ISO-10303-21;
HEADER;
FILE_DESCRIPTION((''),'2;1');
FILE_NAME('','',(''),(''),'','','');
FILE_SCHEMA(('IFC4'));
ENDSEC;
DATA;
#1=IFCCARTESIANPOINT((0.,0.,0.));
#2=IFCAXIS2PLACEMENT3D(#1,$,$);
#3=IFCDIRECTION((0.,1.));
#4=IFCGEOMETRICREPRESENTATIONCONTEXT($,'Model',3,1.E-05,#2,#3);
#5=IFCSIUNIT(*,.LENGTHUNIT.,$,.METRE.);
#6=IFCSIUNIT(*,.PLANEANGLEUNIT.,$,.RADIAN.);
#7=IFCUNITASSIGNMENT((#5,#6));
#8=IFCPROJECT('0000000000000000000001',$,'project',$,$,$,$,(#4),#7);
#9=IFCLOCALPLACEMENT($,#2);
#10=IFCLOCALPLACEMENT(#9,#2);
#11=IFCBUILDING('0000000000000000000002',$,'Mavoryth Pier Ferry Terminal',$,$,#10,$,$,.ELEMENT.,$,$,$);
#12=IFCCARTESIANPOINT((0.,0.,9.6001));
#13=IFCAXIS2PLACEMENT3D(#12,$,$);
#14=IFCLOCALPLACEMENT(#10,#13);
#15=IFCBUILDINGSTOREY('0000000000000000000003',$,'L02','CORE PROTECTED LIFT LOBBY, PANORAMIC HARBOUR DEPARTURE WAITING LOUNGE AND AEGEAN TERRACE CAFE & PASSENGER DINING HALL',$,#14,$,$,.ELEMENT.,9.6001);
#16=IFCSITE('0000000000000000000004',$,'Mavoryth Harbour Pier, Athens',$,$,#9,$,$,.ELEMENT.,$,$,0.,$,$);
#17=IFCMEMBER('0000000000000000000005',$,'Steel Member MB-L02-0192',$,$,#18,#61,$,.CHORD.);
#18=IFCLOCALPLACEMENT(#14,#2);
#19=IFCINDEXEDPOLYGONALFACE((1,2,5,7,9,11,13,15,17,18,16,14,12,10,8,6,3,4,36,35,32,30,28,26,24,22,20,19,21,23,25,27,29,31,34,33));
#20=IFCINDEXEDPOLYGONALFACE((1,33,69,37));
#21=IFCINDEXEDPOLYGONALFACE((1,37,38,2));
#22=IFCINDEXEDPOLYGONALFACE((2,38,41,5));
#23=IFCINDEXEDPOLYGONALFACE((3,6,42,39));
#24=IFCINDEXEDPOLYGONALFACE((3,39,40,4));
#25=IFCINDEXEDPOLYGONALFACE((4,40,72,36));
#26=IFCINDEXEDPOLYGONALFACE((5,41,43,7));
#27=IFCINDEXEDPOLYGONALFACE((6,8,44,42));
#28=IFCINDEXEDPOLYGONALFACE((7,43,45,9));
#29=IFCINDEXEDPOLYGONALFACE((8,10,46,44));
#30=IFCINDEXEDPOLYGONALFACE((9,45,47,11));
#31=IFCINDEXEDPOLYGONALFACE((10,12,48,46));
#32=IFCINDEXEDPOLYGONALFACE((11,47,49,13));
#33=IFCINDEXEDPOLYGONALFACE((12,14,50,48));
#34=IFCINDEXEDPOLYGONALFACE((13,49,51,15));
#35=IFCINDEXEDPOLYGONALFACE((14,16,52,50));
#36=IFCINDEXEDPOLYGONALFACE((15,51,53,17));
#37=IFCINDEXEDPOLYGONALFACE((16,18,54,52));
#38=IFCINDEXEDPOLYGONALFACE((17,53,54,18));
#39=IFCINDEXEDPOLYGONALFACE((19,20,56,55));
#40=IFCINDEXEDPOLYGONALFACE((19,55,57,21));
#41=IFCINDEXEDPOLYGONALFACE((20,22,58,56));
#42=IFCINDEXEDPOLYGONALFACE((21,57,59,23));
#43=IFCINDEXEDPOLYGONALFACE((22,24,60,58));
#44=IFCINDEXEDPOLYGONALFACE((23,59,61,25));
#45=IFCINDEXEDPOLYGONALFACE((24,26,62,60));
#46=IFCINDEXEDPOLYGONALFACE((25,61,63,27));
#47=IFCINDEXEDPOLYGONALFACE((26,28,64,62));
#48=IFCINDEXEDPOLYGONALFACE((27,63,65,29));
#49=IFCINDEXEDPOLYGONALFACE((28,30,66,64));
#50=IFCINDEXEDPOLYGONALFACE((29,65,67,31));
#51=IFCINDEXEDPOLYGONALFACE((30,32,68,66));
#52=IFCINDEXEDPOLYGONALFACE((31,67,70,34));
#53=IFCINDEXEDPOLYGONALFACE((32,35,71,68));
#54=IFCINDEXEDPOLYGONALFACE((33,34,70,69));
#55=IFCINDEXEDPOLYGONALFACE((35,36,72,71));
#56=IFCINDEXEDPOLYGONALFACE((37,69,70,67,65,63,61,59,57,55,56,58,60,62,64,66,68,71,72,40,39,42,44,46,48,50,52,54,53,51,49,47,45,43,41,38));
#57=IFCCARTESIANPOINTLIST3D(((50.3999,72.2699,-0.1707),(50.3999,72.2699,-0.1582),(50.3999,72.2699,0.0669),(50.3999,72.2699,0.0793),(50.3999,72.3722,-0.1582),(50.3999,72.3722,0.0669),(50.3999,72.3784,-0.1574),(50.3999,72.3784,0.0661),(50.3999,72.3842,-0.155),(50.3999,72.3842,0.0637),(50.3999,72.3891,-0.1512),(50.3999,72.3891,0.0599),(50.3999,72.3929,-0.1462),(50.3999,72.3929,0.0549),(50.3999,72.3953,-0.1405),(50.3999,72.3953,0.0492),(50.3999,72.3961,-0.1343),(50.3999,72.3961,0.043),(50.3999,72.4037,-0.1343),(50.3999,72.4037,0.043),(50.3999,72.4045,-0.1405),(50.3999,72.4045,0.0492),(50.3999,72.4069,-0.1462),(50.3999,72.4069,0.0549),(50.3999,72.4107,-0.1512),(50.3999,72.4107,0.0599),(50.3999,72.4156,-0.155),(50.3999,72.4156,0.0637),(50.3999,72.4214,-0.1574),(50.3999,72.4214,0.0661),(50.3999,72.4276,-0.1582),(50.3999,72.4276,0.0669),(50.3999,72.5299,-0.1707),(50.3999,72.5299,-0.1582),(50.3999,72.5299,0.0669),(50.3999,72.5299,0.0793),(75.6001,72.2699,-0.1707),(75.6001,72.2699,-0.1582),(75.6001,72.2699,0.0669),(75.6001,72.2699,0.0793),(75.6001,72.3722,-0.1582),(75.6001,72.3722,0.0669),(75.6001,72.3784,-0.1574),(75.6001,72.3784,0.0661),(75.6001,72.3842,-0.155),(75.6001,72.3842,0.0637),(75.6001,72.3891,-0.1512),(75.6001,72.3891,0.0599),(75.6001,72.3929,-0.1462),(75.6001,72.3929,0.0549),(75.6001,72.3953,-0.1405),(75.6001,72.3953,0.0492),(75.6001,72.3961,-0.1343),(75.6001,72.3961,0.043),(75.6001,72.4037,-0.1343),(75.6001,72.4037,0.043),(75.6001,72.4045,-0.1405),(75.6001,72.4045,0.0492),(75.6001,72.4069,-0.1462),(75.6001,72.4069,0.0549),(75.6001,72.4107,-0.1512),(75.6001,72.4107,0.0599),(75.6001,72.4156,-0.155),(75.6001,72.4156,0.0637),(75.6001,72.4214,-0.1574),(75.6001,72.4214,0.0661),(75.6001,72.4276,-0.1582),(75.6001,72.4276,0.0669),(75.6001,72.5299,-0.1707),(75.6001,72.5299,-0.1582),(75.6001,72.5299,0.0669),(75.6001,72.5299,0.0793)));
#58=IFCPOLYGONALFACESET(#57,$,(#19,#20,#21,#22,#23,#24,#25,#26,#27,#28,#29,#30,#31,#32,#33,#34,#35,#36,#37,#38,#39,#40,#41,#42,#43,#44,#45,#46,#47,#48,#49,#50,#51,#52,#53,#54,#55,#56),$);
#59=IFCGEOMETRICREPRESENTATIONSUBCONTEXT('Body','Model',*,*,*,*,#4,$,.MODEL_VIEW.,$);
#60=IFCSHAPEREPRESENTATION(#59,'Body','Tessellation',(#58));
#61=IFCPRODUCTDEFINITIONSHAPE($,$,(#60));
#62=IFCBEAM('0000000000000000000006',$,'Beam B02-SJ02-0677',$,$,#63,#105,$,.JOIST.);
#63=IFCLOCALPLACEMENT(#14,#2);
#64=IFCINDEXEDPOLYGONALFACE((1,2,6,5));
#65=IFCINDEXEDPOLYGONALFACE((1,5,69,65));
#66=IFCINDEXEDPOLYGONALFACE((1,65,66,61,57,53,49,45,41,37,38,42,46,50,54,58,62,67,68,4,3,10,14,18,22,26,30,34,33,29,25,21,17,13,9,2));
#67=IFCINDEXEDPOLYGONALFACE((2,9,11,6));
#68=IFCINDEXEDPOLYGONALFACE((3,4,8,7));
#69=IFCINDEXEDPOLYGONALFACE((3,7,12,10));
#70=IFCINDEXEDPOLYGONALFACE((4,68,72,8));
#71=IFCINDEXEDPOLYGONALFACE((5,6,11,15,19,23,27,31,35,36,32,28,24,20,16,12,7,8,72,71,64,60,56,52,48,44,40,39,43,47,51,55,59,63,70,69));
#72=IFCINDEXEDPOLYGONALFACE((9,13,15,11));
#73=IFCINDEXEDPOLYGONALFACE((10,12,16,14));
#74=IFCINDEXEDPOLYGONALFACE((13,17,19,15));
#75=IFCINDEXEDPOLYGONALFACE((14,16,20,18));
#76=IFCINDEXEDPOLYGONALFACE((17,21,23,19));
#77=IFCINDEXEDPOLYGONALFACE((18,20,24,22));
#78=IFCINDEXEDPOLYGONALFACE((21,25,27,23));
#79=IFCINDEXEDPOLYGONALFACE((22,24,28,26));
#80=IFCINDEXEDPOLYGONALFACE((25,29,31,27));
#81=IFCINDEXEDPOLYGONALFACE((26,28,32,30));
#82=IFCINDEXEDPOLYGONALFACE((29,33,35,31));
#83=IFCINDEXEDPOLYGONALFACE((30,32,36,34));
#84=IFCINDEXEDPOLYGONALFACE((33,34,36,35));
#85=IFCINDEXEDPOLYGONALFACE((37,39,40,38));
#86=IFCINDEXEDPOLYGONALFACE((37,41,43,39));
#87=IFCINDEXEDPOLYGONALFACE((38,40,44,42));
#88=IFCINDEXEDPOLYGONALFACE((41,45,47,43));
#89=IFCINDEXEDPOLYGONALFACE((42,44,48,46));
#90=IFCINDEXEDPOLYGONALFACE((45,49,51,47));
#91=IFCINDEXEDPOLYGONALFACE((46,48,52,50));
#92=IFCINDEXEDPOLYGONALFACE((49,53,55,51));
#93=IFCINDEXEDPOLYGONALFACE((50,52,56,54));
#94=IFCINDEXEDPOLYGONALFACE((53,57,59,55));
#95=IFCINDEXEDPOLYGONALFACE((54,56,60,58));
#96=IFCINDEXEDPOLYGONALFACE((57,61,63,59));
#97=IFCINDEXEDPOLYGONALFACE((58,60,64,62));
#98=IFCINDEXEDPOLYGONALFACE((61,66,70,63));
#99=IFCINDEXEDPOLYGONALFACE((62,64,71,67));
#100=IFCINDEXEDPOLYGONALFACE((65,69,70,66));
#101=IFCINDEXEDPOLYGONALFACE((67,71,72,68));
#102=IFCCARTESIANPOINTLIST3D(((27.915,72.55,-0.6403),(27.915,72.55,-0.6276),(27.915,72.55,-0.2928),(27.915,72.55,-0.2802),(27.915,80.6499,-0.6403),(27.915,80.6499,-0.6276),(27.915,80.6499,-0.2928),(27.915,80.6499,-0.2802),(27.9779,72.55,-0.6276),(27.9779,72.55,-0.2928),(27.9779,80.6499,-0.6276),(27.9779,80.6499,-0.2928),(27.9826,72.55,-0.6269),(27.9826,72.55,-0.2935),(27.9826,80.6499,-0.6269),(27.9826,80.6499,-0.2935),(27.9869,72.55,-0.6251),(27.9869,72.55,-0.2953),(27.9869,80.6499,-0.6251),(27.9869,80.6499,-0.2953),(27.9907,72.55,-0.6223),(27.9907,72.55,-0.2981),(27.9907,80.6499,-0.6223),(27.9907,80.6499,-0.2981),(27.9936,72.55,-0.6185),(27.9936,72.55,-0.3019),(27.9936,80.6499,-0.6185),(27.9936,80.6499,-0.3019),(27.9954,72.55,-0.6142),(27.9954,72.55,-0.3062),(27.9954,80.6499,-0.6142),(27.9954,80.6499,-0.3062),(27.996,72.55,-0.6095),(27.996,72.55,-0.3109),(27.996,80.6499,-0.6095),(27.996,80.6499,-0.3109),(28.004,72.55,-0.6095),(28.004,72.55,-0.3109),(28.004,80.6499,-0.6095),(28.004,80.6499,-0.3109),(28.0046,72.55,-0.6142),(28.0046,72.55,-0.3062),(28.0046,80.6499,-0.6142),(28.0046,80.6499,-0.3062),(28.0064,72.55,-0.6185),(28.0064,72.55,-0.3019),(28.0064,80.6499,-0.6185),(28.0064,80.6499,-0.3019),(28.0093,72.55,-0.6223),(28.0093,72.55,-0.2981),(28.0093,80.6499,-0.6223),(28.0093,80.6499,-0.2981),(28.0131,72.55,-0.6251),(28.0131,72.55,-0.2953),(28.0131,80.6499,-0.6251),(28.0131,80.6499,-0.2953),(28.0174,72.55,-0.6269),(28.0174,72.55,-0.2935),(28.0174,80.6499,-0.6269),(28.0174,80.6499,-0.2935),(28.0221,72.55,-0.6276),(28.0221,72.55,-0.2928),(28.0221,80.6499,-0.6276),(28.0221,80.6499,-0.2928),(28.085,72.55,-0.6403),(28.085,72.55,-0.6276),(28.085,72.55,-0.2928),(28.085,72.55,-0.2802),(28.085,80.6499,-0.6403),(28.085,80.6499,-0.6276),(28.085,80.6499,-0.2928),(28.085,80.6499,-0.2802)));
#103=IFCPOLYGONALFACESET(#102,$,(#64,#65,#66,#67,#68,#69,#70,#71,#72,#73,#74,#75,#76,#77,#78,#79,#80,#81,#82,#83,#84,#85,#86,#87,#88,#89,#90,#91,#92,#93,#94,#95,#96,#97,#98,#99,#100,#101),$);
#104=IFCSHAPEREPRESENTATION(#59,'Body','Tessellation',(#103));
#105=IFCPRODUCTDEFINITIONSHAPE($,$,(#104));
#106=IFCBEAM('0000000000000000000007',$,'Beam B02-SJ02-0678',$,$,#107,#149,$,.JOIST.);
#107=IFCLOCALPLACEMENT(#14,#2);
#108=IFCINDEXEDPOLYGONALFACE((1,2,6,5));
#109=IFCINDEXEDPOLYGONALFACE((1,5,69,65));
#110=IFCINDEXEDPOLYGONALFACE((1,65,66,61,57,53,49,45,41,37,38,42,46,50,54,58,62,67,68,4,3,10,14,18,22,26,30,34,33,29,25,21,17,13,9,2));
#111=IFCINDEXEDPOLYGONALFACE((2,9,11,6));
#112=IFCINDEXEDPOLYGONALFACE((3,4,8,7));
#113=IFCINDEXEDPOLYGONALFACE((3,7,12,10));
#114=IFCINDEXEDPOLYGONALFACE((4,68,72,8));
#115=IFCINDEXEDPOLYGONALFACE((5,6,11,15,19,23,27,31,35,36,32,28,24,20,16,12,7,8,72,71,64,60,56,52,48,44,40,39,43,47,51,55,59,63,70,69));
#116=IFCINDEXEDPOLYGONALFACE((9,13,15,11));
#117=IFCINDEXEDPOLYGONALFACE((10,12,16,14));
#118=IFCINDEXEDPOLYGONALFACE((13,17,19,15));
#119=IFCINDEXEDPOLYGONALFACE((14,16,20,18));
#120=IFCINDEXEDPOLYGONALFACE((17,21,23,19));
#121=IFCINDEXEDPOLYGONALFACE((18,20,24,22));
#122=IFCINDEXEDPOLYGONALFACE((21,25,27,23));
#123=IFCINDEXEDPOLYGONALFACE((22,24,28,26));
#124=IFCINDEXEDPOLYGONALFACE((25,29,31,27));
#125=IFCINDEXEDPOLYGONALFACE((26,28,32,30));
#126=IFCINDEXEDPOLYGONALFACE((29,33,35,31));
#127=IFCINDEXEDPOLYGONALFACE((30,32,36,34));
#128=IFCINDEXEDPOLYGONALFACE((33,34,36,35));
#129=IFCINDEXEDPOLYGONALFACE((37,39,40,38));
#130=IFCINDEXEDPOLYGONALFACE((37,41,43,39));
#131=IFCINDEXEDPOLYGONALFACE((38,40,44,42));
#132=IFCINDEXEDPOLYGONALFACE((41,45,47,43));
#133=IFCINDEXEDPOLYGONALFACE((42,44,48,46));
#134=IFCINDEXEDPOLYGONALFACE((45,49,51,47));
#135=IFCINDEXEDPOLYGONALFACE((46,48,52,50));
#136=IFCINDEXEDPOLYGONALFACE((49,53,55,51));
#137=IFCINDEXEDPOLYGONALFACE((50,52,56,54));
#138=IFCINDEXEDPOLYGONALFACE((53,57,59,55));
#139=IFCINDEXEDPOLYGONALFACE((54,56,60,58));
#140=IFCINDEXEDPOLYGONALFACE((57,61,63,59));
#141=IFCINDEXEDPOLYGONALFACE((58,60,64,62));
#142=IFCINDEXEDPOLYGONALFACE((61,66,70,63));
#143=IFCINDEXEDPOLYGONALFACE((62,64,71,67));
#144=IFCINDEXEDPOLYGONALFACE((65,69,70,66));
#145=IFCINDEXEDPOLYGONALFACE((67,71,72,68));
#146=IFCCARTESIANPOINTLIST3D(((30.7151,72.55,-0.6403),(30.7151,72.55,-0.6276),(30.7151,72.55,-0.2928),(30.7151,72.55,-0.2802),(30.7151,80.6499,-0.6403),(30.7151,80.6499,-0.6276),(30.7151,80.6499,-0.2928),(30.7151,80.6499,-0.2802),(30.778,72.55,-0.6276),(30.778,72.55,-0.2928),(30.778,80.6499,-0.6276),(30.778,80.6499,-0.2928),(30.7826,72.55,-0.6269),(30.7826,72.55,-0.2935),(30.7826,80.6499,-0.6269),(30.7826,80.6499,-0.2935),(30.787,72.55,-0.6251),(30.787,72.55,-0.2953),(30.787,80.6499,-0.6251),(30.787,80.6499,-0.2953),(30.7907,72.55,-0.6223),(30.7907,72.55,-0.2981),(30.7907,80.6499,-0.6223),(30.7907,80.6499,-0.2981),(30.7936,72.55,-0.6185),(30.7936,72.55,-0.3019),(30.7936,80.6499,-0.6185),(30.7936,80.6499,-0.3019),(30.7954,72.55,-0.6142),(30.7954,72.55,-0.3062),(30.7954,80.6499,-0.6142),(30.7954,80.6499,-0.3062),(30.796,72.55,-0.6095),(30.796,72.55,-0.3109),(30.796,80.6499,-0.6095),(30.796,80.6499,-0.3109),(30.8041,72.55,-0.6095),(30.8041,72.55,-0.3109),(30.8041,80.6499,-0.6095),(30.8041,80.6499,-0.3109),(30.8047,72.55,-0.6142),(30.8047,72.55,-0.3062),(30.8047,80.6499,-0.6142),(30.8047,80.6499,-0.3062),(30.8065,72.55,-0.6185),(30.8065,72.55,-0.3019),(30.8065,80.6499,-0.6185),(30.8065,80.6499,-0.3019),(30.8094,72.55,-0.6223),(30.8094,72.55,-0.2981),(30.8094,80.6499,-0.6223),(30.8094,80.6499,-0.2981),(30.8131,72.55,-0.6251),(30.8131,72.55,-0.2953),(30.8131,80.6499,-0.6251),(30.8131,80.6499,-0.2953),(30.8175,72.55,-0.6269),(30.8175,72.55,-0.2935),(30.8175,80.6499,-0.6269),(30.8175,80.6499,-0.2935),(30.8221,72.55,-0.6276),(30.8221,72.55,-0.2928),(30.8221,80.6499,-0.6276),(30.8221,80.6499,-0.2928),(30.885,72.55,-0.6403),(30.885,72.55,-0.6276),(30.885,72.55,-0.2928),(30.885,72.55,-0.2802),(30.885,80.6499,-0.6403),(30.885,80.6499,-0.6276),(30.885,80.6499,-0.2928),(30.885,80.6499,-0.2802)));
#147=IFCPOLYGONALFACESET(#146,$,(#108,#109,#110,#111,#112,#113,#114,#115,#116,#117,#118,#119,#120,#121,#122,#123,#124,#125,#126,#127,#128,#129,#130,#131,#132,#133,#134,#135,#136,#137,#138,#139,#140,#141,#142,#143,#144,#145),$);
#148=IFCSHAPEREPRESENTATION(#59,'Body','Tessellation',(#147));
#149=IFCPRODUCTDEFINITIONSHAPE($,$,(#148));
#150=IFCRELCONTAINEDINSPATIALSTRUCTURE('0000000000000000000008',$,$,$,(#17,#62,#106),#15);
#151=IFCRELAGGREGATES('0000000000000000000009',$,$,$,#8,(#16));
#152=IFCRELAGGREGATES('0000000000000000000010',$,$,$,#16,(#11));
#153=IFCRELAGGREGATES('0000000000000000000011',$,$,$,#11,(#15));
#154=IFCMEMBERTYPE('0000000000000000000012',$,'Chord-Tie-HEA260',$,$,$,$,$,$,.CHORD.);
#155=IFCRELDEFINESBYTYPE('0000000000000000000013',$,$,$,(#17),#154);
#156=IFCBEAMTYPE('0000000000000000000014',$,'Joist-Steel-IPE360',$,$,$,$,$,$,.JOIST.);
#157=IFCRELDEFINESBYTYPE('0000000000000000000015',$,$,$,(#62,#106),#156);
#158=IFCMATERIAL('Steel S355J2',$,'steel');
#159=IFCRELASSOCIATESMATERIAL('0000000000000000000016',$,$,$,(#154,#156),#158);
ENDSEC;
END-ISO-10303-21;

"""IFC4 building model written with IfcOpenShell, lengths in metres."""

from ifc_helpers import new_model, si_unit, direction, frame, origin, origin_2d, place, context, subcontext, project, spatial, i_section, extrude, material, material_profile, profile_set, type_object, element, save


model = new_model("IFC4")

# Units and contexts
model_context = context("Model", 3, precision=1e-05, world=origin(), true_north=direction((0.0, 1.0)))
body_context = subcontext(model_context, "Body", "Model", "MODEL_VIEW")
ifc_project = project(units=[si_unit("LENGTHUNIT", "METRE"), si_unit("PLANEANGLEUNIT", "RADIAN")], contexts=[model_context])

# Site, building, storey
site_placement = place(None, origin())
site = spatial("IfcSite", under=ifc_project, at=site_placement, Name="Mavoryth Harbour Pier, Athens", CompositionType="ELEMENT", RefElevation=0.0)
building_placement = place(site_placement, origin())
building = spatial("IfcBuilding", under=site, at=building_placement, Name="Mavoryth Pier Ferry Terminal", CompositionType="ELEMENT")
storey_placement = place(building_placement, frame((0.0, 0.0, 9.6001)))
storey = spatial("IfcBuildingStorey", under=building, at=storey_placement, Name="L02", Description="CORE PROTECTED LIFT LOBBY, PANORAMIC HARBOUR DEPARTURE WAITING LOUNGE AND AEGEAN TERRACE CAFE & PASSENGER DINING HALL", CompositionType="ELEMENT", Elevation=9.6001)

# Member
ifc_material_1 = material(Name="Steel S355J2", Category="steel")
ifc_material_profile_1 = material_profile(ifc_material_1, i_section(OverallWidth=0.26, OverallDepth=0.25, WebThickness=0.0076, FlangeThickness=0.0125, FilletRadius=0.0239, at=origin_2d()), Name="HEA 260", Category="steel")
ifc_profile_set_1 = profile_set([ifc_material_profile_1], Name="Steel S355J2 - HEA 260")
member_type_1 = type_object("IfcMemberType", Name="Chord-Tie-HEA260", PredefinedType="CHORD", material=ifc_profile_set_1)
member_1_placement = place(storey_placement, frame((50.3999, 72.3999, -0.0457), z_axis=(1.0, 0.0, 0.0), x_axis=(0.0, 1.0, 0.0)))
element("IfcMember", 1, at=member_1_placement, inside=storey, type_object=member_type_1, Name="Steel Member MB-L02-0192", PredefinedType="CHORD", context=body_context, shape_type="SweptSolid", body=[
    extrude(i_section(OverallWidth=0.26, OverallDepth=0.25, WebThickness=0.0076, FlangeThickness=0.0125, FilletRadius=0.0239, at=origin_2d()), origin(), (0.0, 0.0, 1.0), 25.2002),
])

# Beams
ifc_material_profile_2 = material_profile(ifc_material_1, i_section(OverallWidth=0.1699, OverallDepth=0.3601, WebThickness=0.0081, FlangeThickness=0.0127, FilletRadius=0.0181, at=origin_2d()), Name="IPE 360", Category="steel")
ifc_profile_set_2 = profile_set([ifc_material_profile_2], Name="Steel S355J2 - IPE 360")
beam_type_1 = type_object("IfcBeamType", Name="Joist-Steel-IPE360", PredefinedType="JOIST", material=ifc_profile_set_2)
for number, where, z_axis, x_axis, name in (
    (2, (28.0, 72.55, -0.4602), (0.0, 1.0, 0.0), (-1.0, 0.0, 0.0), "Beam B02-SJ02-0677"),
    (3, (30.8, 72.55, -0.4602), (0.0, 1.0, 0.0), (-1.0, 0.0, 0.0), "Beam B02-SJ02-0678"),
):
    element("IfcBeam", number, at=place(storey_placement, frame(where, z_axis=z_axis, x_axis=x_axis)), inside=storey, type_object=beam_type_1, Name=name, PredefinedType="JOIST", context=body_context, shape_type="SweptSolid", body=[
        extrude(i_section(OverallWidth=0.1699, OverallDepth=0.3601, WebThickness=0.0081, FlangeThickness=0.0127, FilletRadius=0.0181, at=origin_2d()), origin(), (0.0, 0.0, 1.0), 8.0999),
    ])

save(model, "model.ifc")
